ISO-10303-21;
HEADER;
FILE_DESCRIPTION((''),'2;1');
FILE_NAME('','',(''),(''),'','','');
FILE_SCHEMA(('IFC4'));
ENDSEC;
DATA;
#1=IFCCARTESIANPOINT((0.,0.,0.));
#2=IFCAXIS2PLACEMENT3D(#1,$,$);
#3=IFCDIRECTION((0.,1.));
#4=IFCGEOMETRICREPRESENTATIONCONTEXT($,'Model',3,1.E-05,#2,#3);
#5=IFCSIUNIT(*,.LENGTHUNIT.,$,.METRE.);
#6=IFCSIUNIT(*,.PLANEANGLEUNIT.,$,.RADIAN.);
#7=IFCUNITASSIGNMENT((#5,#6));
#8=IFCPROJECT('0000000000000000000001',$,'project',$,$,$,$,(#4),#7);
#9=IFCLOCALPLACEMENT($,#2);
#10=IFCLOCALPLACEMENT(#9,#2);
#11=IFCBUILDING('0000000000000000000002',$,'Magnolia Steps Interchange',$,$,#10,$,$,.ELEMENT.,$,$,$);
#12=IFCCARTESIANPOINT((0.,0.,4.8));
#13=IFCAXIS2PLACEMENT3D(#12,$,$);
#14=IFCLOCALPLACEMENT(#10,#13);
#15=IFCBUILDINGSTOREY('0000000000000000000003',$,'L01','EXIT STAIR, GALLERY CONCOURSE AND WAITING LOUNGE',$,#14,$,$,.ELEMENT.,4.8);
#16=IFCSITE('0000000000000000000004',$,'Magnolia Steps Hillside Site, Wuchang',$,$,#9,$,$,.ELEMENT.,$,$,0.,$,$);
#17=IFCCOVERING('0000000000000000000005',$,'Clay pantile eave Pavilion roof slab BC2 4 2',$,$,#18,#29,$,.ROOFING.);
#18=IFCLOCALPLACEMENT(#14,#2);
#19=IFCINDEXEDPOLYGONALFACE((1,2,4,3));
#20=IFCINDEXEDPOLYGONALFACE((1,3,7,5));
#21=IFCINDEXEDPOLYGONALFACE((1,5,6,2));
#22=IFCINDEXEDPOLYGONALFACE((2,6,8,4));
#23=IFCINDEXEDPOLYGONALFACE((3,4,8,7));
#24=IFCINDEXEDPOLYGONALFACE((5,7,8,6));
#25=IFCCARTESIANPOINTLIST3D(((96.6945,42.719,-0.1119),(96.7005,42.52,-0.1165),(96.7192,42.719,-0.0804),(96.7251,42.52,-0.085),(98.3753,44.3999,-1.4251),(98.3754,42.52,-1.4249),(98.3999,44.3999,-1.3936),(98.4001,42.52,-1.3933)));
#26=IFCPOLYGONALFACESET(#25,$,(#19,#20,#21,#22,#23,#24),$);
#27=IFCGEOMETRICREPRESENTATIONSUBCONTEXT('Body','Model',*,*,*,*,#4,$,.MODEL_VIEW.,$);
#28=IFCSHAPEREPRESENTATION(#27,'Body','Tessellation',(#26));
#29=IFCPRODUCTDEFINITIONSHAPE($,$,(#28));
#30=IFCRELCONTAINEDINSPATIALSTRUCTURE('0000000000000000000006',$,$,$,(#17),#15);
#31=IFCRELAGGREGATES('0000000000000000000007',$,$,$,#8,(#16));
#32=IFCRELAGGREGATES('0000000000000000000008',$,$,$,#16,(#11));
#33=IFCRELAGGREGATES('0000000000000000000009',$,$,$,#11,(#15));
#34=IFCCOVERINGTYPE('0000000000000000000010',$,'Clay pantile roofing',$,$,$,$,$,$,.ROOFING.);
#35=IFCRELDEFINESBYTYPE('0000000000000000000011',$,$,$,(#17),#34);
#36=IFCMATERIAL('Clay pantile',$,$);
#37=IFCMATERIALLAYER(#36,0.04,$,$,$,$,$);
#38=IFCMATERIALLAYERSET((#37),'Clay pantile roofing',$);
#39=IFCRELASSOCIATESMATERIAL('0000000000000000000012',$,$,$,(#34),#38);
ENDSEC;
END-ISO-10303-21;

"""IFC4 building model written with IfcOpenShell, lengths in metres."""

from ifc_helpers import new_model, si_unit, direction, frame, origin, place, context, subcontext, project, spatial, polyline, outline, extrude, material, layer, layer_set, type_object, element, save


model = new_model("IFC4")

# Units and contexts
model_context = context("Model", 3, precision=1e-05, world=origin(), true_north=direction((0.0, 1.0)))
body_context = subcontext(model_context, "Body", "Model", "MODEL_VIEW")
ifc_project = project(units=[si_unit("LENGTHUNIT", "METRE"), si_unit("PLANEANGLEUNIT", "RADIAN")], contexts=[model_context])

# Site, building, storey
site_placement = place(None, origin())
site = spatial("IfcSite", under=ifc_project, at=site_placement, Name="Magnolia Steps Hillside Site, Wuchang", CompositionType="ELEMENT", RefElevation=0.0)
building_placement = place(site_placement, origin())
building = spatial("IfcBuilding", under=site, at=building_placement, Name="Magnolia Steps Interchange", CompositionType="ELEMENT")
storey_placement = place(building_placement, frame((0.0, 0.0, 4.8)))
storey = spatial("IfcBuildingStorey", under=building, at=storey_placement, Name="L01", Description="EXIT STAIR, GALLERY CONCOURSE AND WAITING LOUNGE", CompositionType="ELEMENT", Elevation=4.8)

# Covering
ifc_material_1 = material(Name="Clay pantile")
ifc_layer_1 = layer(ifc_material_1, 0.04)
ifc_layer_set_1 = layer_set([ifc_layer_1], Name="Clay pantile roofing")
covering_type = type_object("IfcCoveringType", Name="Clay pantile roofing", PredefinedType="ROOFING", material=ifc_layer_set_1)
covering_placement = place(storey_placement, frame((96.7251, 42.52, -0.085), z_axis=(0.61559, 0.000141, 0.788067), x_axis=(-0.029831, 0.999287, 0.023123)))
element("IfcCovering", 1, at=covering_placement, inside=storey, type_object=covering_type, Name="Clay pantile eave Pavilion roof slab BC2 4 2", PredefinedType="ROOFING", context=body_context, shape_type="SweptSolid", body=[
    extrude(outline(polyline([(0.0, 0.0), (0.1991, 0.0), (1.7983, -2.1949), (-0.0802, -2.1239), (0.0, 0.0)])), origin(), (0.0, 0.0, -1.0), 0.04),
])

save(model, "model.ifc")
